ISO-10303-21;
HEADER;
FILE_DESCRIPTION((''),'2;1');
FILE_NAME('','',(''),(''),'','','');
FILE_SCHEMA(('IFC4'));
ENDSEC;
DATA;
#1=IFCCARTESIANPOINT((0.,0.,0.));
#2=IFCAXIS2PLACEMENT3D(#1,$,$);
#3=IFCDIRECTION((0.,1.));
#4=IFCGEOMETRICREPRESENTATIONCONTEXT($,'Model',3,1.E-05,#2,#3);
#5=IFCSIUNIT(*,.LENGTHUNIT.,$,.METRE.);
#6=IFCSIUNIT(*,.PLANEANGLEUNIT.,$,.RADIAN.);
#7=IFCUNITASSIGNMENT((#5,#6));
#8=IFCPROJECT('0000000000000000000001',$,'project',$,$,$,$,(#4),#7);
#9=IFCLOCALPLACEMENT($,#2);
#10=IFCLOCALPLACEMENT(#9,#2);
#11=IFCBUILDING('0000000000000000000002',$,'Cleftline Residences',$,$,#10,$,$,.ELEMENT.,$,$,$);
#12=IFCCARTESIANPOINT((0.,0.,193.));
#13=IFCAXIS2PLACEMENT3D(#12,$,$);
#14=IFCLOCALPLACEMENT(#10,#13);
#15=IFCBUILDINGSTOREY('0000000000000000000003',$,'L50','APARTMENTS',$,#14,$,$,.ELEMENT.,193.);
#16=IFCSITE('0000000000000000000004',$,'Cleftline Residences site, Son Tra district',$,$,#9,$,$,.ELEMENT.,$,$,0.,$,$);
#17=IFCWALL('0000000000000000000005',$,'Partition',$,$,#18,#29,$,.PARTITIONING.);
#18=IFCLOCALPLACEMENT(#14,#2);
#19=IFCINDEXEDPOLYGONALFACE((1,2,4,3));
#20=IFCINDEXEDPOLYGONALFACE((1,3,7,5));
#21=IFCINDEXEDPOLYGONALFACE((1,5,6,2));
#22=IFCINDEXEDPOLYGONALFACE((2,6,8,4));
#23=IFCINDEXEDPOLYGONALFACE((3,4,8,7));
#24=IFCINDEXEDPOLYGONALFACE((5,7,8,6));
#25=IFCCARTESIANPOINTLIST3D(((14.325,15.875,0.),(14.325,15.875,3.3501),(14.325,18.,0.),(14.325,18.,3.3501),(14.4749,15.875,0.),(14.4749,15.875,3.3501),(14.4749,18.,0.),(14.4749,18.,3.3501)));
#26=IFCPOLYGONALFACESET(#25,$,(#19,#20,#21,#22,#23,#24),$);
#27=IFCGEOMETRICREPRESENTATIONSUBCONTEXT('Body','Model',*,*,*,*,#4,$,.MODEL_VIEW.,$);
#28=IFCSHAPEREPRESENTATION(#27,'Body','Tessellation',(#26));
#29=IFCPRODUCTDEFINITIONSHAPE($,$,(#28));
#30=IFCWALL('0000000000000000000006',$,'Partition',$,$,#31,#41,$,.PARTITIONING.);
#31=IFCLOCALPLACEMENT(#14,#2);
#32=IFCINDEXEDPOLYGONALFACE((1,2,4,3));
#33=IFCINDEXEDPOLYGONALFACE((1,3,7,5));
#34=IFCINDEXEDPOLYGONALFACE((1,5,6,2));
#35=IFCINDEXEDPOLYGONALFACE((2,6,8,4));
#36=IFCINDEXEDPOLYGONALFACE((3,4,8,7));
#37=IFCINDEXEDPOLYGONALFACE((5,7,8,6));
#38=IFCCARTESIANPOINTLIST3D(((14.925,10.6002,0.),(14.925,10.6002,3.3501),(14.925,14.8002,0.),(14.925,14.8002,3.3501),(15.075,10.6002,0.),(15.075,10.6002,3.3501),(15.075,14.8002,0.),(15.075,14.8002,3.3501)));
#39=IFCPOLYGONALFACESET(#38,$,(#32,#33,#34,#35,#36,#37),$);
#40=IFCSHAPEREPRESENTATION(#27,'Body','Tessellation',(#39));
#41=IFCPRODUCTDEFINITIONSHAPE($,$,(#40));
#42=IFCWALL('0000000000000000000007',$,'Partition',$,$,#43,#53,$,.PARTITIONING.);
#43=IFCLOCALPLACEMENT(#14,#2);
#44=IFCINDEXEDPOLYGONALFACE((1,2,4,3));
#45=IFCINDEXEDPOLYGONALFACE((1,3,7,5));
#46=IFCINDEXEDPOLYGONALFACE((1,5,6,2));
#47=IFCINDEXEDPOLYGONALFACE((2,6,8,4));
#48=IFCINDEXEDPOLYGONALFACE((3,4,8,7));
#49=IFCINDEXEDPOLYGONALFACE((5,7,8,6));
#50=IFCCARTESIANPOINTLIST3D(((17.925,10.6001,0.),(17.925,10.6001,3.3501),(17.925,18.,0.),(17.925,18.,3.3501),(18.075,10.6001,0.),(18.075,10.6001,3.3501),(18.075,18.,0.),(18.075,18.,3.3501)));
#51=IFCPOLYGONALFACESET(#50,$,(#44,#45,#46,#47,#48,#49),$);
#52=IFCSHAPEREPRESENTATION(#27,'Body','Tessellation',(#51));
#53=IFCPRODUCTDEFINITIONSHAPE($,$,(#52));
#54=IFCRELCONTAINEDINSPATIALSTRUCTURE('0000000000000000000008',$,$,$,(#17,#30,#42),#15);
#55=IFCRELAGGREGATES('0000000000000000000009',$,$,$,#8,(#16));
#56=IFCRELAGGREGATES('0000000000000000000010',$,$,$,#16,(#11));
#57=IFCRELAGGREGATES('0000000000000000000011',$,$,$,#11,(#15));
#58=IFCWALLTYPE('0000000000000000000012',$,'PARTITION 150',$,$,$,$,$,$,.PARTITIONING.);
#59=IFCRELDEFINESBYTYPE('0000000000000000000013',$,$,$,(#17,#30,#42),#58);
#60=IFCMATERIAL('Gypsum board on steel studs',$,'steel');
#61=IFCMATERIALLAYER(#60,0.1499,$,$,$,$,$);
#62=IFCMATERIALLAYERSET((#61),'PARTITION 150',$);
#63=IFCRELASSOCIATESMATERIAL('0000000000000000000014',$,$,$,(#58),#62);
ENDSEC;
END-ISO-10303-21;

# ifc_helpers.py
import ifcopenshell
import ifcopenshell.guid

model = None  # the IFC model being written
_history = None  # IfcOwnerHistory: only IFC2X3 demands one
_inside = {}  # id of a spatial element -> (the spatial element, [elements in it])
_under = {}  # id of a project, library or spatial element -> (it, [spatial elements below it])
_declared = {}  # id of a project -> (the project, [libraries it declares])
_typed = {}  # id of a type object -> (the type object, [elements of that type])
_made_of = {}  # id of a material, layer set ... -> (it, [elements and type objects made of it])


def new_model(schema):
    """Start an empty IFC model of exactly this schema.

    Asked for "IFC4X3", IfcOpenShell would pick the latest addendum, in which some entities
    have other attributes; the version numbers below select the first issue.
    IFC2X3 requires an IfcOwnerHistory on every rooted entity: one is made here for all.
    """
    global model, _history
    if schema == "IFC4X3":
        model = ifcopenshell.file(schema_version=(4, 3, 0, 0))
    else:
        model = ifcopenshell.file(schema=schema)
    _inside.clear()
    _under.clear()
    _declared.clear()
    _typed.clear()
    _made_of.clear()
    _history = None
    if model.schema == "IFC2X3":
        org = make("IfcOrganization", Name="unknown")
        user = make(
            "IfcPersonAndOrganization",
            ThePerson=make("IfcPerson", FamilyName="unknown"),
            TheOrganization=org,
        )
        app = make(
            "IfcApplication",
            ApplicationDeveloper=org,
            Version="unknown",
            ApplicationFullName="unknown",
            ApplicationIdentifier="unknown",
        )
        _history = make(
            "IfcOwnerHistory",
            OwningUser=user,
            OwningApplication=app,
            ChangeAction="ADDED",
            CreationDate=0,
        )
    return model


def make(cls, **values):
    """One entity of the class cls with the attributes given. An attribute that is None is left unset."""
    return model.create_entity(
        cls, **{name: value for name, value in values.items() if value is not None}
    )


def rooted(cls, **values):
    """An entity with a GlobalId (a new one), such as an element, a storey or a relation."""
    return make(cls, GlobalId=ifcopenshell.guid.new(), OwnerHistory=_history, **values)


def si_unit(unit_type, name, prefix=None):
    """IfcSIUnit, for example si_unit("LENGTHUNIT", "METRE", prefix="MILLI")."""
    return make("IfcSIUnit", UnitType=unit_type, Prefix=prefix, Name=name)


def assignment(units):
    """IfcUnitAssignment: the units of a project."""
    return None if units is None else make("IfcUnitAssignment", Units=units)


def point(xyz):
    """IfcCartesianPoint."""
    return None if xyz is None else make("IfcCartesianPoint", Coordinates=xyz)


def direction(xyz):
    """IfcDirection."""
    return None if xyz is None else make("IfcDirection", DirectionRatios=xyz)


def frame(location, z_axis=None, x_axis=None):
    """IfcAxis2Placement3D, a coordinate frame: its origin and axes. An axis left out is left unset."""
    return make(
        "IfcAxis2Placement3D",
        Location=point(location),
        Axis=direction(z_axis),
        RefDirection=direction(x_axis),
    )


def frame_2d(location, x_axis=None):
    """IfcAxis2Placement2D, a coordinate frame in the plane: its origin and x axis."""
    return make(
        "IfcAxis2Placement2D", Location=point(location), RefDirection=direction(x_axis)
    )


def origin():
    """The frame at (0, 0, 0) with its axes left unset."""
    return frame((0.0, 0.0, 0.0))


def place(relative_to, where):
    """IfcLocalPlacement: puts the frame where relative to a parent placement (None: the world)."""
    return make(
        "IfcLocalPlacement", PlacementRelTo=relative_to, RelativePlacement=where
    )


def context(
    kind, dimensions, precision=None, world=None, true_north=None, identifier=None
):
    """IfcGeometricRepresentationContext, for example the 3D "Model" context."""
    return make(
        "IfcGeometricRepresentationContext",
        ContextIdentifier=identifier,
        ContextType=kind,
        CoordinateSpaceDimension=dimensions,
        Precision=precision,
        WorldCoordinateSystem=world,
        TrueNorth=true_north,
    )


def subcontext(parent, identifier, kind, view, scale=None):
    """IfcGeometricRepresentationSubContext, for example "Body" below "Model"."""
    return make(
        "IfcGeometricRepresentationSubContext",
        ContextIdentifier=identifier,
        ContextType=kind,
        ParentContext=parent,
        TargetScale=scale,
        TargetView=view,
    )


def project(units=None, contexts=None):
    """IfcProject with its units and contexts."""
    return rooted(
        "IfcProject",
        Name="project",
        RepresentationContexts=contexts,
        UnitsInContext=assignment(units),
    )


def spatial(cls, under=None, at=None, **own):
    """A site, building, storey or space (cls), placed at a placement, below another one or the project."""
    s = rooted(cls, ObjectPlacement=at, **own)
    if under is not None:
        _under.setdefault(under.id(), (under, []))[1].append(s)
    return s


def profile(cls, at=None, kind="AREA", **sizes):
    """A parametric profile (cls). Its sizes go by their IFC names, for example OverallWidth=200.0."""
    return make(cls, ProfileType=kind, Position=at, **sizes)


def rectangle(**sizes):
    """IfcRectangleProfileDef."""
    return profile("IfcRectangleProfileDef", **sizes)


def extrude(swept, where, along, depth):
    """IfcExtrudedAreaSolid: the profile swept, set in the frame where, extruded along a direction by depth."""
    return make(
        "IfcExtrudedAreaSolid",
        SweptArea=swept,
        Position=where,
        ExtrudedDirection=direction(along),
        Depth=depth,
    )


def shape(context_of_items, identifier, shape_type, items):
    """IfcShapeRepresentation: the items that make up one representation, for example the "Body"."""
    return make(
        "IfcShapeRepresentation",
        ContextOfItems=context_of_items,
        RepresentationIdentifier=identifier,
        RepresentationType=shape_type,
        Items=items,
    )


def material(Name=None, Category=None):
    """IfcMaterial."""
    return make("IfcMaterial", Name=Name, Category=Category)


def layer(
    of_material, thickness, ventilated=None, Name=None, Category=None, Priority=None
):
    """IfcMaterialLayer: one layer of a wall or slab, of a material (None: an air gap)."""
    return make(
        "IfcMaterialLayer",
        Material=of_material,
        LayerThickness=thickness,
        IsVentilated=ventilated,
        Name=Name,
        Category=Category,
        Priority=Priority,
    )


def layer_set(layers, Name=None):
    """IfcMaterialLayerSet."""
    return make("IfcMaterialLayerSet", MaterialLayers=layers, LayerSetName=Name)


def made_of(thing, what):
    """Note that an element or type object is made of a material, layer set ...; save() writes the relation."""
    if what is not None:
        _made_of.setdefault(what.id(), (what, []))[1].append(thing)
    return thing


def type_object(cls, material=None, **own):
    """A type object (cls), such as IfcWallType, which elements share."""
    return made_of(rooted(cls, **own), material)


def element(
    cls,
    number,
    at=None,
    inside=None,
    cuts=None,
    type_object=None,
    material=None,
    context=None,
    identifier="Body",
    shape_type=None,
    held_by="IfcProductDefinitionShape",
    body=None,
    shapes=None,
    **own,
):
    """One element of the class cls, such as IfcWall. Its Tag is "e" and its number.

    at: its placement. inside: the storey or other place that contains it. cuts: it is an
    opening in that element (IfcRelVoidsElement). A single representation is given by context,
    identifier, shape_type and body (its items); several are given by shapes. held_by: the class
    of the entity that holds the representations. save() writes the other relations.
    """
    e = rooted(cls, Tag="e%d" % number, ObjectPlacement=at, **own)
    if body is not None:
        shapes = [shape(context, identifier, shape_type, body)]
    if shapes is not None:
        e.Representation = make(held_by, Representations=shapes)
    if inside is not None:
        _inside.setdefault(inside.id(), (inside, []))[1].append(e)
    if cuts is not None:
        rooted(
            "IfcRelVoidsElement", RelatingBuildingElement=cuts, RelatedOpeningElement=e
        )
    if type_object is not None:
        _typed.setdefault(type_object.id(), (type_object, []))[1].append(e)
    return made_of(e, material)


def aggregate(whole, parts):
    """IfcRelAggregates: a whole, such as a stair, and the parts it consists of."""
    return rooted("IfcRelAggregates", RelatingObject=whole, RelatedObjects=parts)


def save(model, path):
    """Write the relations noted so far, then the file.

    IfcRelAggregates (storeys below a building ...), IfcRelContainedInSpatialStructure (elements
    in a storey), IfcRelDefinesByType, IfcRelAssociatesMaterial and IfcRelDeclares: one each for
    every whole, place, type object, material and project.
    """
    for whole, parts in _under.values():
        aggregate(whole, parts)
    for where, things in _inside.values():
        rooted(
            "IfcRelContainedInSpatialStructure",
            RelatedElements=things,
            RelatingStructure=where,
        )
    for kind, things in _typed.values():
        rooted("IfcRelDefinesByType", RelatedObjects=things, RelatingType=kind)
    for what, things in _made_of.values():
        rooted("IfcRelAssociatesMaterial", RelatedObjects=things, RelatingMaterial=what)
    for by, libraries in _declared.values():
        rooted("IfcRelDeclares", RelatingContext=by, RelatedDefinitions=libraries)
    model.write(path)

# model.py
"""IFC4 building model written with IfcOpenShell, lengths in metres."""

from ifc_helpers import new_model, si_unit, direction, frame, frame_2d, origin, place, context, subcontext, project, spatial, rectangle, extrude, material, layer, layer_set, type_object, element, save


model = new_model("IFC4")

# Units and contexts
model_context = context("Model", 3, precision=1e-05, world=origin(), true_north=direction((0.0, 1.0)))
body_context = subcontext(model_context, "Body", "Model", "MODEL_VIEW")
ifc_project = project(units=[si_unit("LENGTHUNIT", "METRE"), si_unit("PLANEANGLEUNIT", "RADIAN")], contexts=[model_context])

# Site, building, storey
site_placement = place(None, origin())
site = spatial("IfcSite", under=ifc_project, at=site_placement, Name="Cleftline Residences site, Son Tra district", CompositionType="ELEMENT", RefElevation=0.0)
building_placement = place(site_placement, origin())
building = spatial("IfcBuilding", under=site, at=building_placement, Name="Cleftline Residences", CompositionType="ELEMENT")
storey_placement = place(building_placement, frame((0.0, 0.0, 193.0)))
storey = spatial("IfcBuildingStorey", under=building, at=storey_placement, Name="L50", Description="APARTMENTS", CompositionType="ELEMENT", Elevation=193.0)

# Shared definitions
ifc_material_1 = material(Name="Gypsum board on steel studs", Category="steel")
ifc_layer_1 = layer(ifc_material_1, 0.1499)
ifc_layer_set_1 = layer_set([ifc_layer_1], Name="PARTITION 150")
wall_type_1 = type_object("IfcWallType", Name="PARTITION 150", PredefinedType="PARTITIONING", material=ifc_layer_set_1)

# Walls
wall_1_placement = place(storey_placement, frame((14.3999, 15.875, 0.0), z_axis=(0.0, 0.0, 1.0), x_axis=(0.0, 1.0, 0.0)))
element("IfcWall", 1, at=wall_1_placement, inside=storey, type_object=wall_type_1, Name="Partition", PredefinedType="PARTITIONING", context=body_context, shape_type="SweptSolid", body=[
    extrude(rectangle(XDim=2.125, YDim=0.1499, at=frame_2d((1.0625, 0.0))), origin(), (0.0, 0.0, 1.0), 3.3501),
])
wall_2_placement = place(storey_placement, frame((15.0, 10.6001, 0.0), z_axis=(0.0, 0.0, 1.0), x_axis=(0.0, 1.0, 0.0)))
element("IfcWall", 2, at=wall_2_placement, inside=storey, type_object=wall_type_1, Name="Partition", PredefinedType="PARTITIONING", context=body_context, shape_type="SweptSolid", body=[
    extrude(rectangle(XDim=4.2, YDim=0.1499, at=frame_2d((2.1001, 0.0))), origin(), (0.0, 0.0, 1.0), 3.3501),
])
wall_3_placement = place(storey_placement, frame((18.0, 10.6001, 0.0), z_axis=(0.0, 0.0, 1.0), x_axis=(0.0, 1.0, 0.0)))
element("IfcWall", 3, at=wall_3_placement, inside=storey, type_object=wall_type_1, Name="Partition", PredefinedType="PARTITIONING", context=body_context, shape_type="SweptSolid", body=[
    extrude(rectangle(XDim=7.3999, YDim=0.1499, at=frame_2d((3.7, 0.0))), origin(), (0.0, 0.0, 1.0), 3.3501),
])

save(model, "model.ifc")
